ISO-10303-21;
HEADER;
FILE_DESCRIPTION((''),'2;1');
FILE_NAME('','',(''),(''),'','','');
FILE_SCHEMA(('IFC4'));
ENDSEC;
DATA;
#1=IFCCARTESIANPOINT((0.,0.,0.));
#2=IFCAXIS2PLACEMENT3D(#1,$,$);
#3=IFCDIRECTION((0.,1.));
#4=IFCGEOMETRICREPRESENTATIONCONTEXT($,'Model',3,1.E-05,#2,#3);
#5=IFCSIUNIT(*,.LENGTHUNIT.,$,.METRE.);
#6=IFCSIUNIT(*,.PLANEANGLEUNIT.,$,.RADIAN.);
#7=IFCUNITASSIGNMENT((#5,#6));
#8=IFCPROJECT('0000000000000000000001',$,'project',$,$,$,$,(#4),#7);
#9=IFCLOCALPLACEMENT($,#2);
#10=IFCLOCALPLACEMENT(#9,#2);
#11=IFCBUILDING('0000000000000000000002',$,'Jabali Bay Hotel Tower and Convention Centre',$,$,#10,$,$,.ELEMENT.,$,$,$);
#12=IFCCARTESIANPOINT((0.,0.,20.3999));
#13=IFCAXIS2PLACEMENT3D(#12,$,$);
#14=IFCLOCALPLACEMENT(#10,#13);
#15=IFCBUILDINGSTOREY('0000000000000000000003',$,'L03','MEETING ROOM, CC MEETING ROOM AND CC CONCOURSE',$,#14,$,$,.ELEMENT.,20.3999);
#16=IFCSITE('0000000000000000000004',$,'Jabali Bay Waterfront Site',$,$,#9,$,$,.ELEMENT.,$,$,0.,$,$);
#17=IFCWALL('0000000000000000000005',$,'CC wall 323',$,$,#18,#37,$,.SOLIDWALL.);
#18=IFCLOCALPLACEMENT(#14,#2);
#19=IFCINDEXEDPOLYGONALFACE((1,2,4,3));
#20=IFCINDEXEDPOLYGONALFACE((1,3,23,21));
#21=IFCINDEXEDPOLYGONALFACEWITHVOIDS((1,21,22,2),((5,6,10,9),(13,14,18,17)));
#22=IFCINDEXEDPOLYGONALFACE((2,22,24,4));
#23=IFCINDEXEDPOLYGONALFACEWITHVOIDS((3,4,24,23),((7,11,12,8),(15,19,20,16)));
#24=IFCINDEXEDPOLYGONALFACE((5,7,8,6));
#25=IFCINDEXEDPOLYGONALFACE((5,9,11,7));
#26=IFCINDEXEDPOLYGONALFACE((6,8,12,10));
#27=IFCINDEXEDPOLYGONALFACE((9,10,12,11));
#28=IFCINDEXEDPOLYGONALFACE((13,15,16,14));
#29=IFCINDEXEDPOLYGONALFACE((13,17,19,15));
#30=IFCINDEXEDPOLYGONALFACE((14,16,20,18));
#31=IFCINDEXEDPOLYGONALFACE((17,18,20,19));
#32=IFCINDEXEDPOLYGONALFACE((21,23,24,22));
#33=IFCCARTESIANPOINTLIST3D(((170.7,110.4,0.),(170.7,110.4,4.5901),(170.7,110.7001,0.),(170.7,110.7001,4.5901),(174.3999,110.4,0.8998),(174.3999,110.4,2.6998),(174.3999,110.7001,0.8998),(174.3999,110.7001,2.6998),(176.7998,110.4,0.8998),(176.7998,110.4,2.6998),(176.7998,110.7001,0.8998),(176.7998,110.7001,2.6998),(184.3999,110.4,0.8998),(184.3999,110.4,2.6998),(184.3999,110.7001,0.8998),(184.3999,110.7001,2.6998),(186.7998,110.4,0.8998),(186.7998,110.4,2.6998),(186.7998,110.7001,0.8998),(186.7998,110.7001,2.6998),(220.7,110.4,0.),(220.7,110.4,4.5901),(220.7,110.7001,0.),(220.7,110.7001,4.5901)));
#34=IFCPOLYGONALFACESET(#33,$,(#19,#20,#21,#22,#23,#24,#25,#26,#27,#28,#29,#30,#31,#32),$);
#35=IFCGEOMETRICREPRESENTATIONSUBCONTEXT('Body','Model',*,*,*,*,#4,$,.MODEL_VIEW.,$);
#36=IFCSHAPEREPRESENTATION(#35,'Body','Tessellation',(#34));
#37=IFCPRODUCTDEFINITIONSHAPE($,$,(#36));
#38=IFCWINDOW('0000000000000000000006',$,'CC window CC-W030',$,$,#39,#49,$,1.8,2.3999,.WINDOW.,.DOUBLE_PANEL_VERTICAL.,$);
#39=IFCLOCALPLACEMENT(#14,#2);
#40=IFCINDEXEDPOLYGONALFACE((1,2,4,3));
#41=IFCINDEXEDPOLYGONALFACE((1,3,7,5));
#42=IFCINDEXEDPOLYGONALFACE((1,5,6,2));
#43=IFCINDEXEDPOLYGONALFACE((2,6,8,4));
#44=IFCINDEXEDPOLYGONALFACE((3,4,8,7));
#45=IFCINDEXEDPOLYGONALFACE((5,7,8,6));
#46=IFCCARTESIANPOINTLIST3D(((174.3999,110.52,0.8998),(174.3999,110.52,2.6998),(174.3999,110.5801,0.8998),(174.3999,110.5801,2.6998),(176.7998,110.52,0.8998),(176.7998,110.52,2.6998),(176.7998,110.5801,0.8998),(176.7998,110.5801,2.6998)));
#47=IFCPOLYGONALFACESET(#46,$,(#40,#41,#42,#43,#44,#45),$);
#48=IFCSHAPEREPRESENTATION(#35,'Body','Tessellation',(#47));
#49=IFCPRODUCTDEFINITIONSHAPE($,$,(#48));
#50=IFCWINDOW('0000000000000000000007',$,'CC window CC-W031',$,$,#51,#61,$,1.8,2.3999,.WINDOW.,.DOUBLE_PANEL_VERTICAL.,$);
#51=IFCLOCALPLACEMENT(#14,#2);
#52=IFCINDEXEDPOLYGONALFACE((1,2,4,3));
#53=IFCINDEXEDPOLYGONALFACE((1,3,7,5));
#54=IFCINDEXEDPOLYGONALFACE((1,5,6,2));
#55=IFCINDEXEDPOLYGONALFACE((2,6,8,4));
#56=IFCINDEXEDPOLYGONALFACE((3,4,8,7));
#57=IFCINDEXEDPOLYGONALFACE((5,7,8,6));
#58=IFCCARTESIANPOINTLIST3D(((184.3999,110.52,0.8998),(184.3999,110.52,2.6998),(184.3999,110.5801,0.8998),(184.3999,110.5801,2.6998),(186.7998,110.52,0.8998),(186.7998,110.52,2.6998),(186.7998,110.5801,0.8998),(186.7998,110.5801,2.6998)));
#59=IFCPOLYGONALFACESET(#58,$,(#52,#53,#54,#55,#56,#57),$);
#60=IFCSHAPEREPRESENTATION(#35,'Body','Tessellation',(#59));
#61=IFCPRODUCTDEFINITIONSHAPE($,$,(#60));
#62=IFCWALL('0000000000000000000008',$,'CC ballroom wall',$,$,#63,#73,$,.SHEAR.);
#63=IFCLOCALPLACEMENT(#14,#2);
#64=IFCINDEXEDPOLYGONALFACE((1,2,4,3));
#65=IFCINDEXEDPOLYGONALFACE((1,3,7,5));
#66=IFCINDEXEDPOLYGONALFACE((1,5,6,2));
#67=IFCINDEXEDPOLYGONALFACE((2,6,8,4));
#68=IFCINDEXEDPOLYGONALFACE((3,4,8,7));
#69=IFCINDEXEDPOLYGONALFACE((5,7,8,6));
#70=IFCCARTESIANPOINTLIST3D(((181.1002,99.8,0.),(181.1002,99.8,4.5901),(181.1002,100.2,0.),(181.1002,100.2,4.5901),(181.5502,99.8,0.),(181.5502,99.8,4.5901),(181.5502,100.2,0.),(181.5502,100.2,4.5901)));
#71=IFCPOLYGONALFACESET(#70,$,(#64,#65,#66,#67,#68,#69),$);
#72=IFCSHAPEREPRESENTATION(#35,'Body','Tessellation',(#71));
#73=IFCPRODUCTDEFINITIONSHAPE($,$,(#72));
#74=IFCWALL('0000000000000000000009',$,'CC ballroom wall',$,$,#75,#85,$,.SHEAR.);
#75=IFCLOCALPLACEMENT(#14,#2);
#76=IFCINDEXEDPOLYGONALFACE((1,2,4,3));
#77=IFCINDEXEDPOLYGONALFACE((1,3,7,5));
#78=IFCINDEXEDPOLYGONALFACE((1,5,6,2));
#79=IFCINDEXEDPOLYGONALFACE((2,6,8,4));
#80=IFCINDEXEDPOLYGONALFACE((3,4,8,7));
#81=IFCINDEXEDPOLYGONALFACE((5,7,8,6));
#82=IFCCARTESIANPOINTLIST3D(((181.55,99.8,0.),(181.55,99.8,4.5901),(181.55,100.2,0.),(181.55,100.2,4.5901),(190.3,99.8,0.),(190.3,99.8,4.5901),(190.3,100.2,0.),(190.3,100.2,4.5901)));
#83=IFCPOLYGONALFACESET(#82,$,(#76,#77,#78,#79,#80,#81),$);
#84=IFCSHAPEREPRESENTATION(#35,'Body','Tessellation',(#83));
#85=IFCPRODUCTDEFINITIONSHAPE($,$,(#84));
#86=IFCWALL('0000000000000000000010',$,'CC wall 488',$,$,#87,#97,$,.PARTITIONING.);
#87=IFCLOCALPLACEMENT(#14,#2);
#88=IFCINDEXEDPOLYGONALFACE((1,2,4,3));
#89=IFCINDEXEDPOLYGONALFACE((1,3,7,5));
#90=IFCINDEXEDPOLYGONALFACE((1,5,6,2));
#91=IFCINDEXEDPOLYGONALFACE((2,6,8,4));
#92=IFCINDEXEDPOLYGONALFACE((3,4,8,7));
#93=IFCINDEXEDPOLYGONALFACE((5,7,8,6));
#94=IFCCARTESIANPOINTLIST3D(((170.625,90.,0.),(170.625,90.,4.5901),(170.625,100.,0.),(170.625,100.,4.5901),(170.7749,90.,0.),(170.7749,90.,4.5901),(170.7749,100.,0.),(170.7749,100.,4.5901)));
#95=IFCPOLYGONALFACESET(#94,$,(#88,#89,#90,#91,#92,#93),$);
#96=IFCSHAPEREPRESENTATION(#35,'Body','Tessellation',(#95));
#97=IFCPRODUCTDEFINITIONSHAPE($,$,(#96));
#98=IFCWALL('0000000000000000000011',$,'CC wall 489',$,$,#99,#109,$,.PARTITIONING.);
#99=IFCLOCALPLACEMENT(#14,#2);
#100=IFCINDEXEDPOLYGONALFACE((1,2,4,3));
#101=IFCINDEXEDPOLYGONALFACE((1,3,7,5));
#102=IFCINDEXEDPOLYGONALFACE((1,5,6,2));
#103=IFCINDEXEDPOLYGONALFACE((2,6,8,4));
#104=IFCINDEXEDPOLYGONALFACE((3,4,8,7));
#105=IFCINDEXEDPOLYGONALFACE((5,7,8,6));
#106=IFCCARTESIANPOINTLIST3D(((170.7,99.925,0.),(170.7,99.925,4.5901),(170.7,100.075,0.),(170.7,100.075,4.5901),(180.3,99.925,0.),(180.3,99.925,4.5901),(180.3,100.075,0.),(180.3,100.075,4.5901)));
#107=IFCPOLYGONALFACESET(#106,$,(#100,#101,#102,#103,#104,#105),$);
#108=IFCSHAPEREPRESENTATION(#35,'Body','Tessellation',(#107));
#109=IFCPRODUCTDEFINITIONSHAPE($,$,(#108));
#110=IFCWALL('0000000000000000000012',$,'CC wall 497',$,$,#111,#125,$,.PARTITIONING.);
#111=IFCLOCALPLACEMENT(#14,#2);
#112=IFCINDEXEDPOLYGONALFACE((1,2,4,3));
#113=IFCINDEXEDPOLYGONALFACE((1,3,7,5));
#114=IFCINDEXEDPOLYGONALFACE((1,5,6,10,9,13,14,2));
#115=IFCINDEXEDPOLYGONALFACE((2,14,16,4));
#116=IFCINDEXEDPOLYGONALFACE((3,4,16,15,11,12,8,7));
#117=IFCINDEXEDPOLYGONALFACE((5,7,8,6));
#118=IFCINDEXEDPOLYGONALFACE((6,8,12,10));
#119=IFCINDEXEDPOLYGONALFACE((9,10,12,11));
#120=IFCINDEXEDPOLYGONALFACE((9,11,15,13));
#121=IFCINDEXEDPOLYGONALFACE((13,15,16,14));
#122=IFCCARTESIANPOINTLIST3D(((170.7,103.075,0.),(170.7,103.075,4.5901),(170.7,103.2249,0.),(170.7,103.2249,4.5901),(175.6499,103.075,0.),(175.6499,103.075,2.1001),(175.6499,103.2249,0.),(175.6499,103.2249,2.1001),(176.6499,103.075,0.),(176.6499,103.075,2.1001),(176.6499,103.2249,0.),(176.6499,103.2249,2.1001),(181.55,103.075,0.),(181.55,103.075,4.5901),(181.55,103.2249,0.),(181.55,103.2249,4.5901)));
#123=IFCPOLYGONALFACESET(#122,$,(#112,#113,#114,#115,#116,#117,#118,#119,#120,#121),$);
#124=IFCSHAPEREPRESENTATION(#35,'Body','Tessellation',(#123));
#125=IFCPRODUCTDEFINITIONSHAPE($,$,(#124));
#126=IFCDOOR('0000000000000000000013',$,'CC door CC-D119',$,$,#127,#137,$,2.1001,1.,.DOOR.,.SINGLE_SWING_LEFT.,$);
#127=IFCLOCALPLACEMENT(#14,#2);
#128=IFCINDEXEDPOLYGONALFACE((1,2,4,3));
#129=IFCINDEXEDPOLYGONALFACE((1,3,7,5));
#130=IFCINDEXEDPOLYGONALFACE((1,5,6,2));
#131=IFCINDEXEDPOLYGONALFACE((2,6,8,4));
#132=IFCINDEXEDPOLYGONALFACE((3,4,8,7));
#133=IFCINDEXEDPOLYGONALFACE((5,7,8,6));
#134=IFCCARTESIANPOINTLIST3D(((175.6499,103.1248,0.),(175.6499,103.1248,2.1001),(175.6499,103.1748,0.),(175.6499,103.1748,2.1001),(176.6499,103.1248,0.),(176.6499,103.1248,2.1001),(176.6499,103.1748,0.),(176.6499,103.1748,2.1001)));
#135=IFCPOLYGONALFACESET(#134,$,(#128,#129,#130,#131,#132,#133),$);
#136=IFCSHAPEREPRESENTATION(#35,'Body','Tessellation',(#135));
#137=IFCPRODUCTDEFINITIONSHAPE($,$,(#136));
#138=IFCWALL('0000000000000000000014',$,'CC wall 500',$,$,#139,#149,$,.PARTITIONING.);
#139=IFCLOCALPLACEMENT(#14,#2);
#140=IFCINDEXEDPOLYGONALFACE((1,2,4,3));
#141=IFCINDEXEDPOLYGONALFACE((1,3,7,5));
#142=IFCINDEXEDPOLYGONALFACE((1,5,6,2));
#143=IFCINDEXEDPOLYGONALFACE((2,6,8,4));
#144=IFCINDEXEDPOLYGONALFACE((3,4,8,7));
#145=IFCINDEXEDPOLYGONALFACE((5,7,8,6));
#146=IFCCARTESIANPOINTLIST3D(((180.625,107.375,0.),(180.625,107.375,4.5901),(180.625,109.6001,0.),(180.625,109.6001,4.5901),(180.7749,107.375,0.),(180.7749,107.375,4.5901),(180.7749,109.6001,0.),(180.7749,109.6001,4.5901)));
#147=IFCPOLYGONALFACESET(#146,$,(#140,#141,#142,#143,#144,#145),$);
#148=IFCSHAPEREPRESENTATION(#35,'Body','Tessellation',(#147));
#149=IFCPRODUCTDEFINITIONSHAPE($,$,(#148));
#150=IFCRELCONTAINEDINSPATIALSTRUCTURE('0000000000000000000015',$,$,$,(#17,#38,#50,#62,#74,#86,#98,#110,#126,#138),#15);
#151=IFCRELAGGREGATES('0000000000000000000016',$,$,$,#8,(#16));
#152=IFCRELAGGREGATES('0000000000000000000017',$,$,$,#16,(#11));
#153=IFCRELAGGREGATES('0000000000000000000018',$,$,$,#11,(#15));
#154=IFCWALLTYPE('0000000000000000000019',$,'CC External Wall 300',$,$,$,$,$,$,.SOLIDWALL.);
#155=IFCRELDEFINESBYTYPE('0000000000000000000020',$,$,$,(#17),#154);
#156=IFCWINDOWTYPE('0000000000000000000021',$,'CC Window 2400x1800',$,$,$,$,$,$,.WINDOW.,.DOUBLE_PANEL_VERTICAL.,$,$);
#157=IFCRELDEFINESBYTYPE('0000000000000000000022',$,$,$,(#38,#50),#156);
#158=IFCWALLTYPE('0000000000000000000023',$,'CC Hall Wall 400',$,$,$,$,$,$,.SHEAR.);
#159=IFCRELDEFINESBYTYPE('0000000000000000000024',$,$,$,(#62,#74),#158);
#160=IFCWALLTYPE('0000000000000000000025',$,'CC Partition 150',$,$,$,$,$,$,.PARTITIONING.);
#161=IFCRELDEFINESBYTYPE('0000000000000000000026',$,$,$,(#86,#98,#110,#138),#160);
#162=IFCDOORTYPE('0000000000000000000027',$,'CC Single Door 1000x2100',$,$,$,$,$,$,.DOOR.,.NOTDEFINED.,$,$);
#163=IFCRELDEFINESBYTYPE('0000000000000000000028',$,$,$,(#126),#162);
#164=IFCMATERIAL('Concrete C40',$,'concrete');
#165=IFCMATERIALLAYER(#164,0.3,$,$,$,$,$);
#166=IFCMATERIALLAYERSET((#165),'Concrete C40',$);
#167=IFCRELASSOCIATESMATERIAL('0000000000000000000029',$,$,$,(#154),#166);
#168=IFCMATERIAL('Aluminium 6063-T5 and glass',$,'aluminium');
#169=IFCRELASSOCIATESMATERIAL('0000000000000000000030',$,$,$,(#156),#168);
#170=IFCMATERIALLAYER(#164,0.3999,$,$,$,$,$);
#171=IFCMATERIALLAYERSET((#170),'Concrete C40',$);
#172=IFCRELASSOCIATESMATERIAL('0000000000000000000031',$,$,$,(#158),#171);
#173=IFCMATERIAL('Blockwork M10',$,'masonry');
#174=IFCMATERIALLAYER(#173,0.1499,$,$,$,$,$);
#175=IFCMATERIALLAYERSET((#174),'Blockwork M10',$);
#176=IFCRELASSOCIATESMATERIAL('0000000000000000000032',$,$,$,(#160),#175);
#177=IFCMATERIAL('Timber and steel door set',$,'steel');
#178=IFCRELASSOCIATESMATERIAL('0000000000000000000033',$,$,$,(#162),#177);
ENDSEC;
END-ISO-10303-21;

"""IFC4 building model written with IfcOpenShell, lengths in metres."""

from ifc_helpers import new_model, si_unit, direction, frame, frame_2d, origin, place, context, subcontext, project, spatial, rectangle, extrude, material, layer, layer_set, type_object, element, fill, save


model = new_model("IFC4")

# Units and contexts
model_context = context("Model", 3, precision=1e-05, world=origin(), true_north=direction((0.0, 1.0)))
body_context = subcontext(model_context, "Body", "Model", "MODEL_VIEW")
ifc_project = project(units=[si_unit("LENGTHUNIT", "METRE"), si_unit("PLANEANGLEUNIT", "RADIAN")], contexts=[model_context])

# Site, building, storey
site_placement = place(None, origin())
site = spatial("IfcSite", under=ifc_project, at=site_placement, Name="Jabali Bay Waterfront Site", CompositionType="ELEMENT", RefElevation=0.0)
building_placement = place(site_placement, origin())
building = spatial("IfcBuilding", under=site, at=building_placement, Name="Jabali Bay Hotel Tower and Convention Centre", CompositionType="ELEMENT")
storey_placement = place(building_placement, frame((0.0, 0.0, 20.3999)))
storey = spatial("IfcBuildingStorey", under=building, at=storey_placement, Name="L03", Description="MEETING ROOM, CC MEETING ROOM AND CC CONCOURSE", CompositionType="ELEMENT", Elevation=20.3999)

# Shared definitions
ifc_material_1 = material(Name="Timber and steel door set", Category="steel")

# Wall, openings, windows
ifc_material_2 = material(Name="Concrete C40", Category="concrete")
ifc_layer_1 = layer(ifc_material_2, 0.3)
ifc_layer_set_1 = layer_set([ifc_layer_1], Name="Concrete C40")
wall_type_1 = type_object("IfcWallType", Name="CC External Wall 300", PredefinedType="SOLIDWALL", material=ifc_layer_set_1)
wall_1_placement = place(storey_placement, frame((170.7, 110.55, 0.0), z_axis=(0.0, 0.0, 1.0), x_axis=(1.0, 0.0, 0.0)))
wall_1 = element("IfcWall", 1, at=wall_1_placement, inside=storey, type_object=wall_type_1, Name="CC wall 323", PredefinedType="SOLIDWALL", context=body_context, shape_type="SweptSolid", body=[
    extrude(rectangle(XDim=50.0, YDim=0.3, at=frame_2d((25.0, 0.0))), origin(), (0.0, 0.0, 1.0), 4.5901),
])
opening_1_placement = place(wall_1_placement, frame((3.7, 0.0, 0.8999)))
opening_1 = element("IfcOpeningElement", 2, at=opening_1_placement, cuts=wall_1, PredefinedType="OPENING", context=body_context, shape_type="SweptSolid", body=[
    extrude(rectangle(XDim=2.3999, YDim=1.8, at=frame_2d((1.2, 0.8999))), frame((0.0, 0.1606, 0.0), z_axis=(0.0, -1.0, 0.0), x_axis=(1.0, 0.0, 0.0)), (0.0, 0.0, 1.0), 0.321),
])
opening_2_placement = place(wall_1_placement, frame((13.7, 0.0, 0.8999)))
opening_2 = element("IfcOpeningElement", 3, at=opening_2_placement, cuts=wall_1, PredefinedType="OPENING", context=body_context, shape_type="SweptSolid", body=[
    extrude(rectangle(XDim=2.3999, YDim=1.8, at=frame_2d((1.2, 0.8999))), frame((0.0, 0.1606, 0.0), z_axis=(0.0, -1.0, 0.0), x_axis=(1.0, 0.0, 0.0)), (0.0, 0.0, 1.0), 0.321),
])
ifc_material_3 = material(Name="Aluminium 6063-T5 and glass", Category="aluminium")
window_type = type_object("IfcWindowType", Name="CC Window 2400x1800", PartitioningType="DOUBLE_PANEL_VERTICAL", PredefinedType="WINDOW", material=ifc_material_3)
window_1_placement = place(opening_1_placement, origin())
window_1 = element("IfcWindow", 4, at=window_1_placement, inside=storey, type_object=window_type, Name="CC window CC-W030", OverallHeight=1.8, OverallWidth=2.3999, PartitioningType="DOUBLE_PANEL_VERTICAL", PredefinedType="WINDOW", context=body_context, shape_type="SweptSolid", body=[
    extrude(rectangle(XDim=2.3999, YDim=1.8, at=frame_2d((1.2, 0.8999))), frame((0.0, 0.03, 0.0), z_axis=(0.0, -1.0, 0.0), x_axis=(1.0, 0.0, 0.0)), (0.0, 0.0, 1.0), 0.0601),
])
fill(opening_1, window_1)
window_2_placement = place(opening_2_placement, origin())
window_2 = element("IfcWindow", 5, at=window_2_placement, inside=storey, type_object=window_type, Name="CC window CC-W031", OverallHeight=1.8, OverallWidth=2.3999, PartitioningType="DOUBLE_PANEL_VERTICAL", PredefinedType="WINDOW", context=body_context, shape_type="SweptSolid", body=[
    extrude(rectangle(XDim=2.3999, YDim=1.8, at=frame_2d((1.2, 0.8999))), frame((0.0, 0.03, 0.0), z_axis=(0.0, -1.0, 0.0), x_axis=(1.0, 0.0, 0.0)), (0.0, 0.0, 1.0), 0.0601),
])
fill(opening_2, window_2)

# Walls
ifc_layer_2 = layer(ifc_material_2, 0.3999)
ifc_layer_set_2 = layer_set([ifc_layer_2], Name="Concrete C40")
wall_type_2 = type_object("IfcWallType", Name="CC Hall Wall 400", PredefinedType="SHEAR", material=ifc_layer_set_2)
wall_2_placement = place(storey_placement, frame((181.1001, 100.0, 0.0), z_axis=(0.0, 0.0, 1.0), x_axis=(1.0, 0.0, 0.0)))
element("IfcWall", 6, at=wall_2_placement, inside=storey, type_object=wall_type_2, Name="CC ballroom wall", PredefinedType="SHEAR", context=body_context, shape_type="SweptSolid", body=[
    extrude(rectangle(XDim=0.45, YDim=0.3999, at=frame_2d((0.2251, 0.0))), origin(), (0.0, 0.0, 1.0), 4.5901),
])
wall_3_placement = place(storey_placement, frame((181.55, 100.0, 0.0), z_axis=(0.0, 0.0, 1.0), x_axis=(1.0, 0.0, 0.0)))
element("IfcWall", 7, at=wall_3_placement, inside=storey, type_object=wall_type_2, Name="CC ballroom wall", PredefinedType="SHEAR", context=body_context, shape_type="SweptSolid", body=[
    extrude(rectangle(XDim=8.75, YDim=0.3999, at=frame_2d((4.375, 0.0))), origin(), (0.0, 0.0, 1.0), 4.5901),
])
ifc_material_4 = material(Name="Blockwork M10", Category="masonry")
ifc_layer_3 = layer(ifc_material_4, 0.1499)
ifc_layer_set_3 = layer_set([ifc_layer_3], Name="Blockwork M10")
wall_type_3 = type_object("IfcWallType", Name="CC Partition 150", PredefinedType="PARTITIONING", material=ifc_layer_set_3)
wall_4_placement = place(storey_placement, frame((170.7, 90.0, 0.0), z_axis=(0.0, 0.0, 1.0), x_axis=(0.0, 1.0, 0.0)))
element("IfcWall", 8, at=wall_4_placement, inside=storey, type_object=wall_type_3, Name="CC wall 488", PredefinedType="PARTITIONING", context=body_context, shape_type="SweptSolid", body=[
    extrude(rectangle(XDim=10.0, YDim=0.1499, at=frame_2d((5.0, 0.0))), origin(), (0.0, 0.0, 1.0), 4.5901),
])
wall_5_placement = place(storey_placement, frame((170.7, 100.0, 0.0), z_axis=(0.0, 0.0, 1.0), x_axis=(1.0, 0.0, 0.0)))
element("IfcWall", 9, at=wall_5_placement, inside=storey, type_object=wall_type_3, Name="CC wall 489", PredefinedType="PARTITIONING", context=body_context, shape_type="SweptSolid", body=[
    extrude(rectangle(XDim=9.6001, YDim=0.1499, at=frame_2d((4.8, 0.0))), origin(), (0.0, 0.0, 1.0), 4.5901),
])

# Wall, opening, door
wall_6_placement = place(storey_placement, frame((170.7, 103.1499, 0.0), z_axis=(0.0, 0.0, 1.0), x_axis=(1.0, 0.0, 0.0)))
wall_6 = element("IfcWall", 10, at=wall_6_placement, inside=storey, type_object=wall_type_3, Name="CC wall 497", PredefinedType="PARTITIONING", context=body_context, shape_type="SweptSolid", body=[
    extrude(rectangle(XDim=10.8501, YDim=0.1499, at=frame_2d((5.425, 0.0))), origin(), (0.0, 0.0, 1.0), 4.5901),
])
opening_3_placement = place(wall_6_placement, frame((4.95, 0.0, 0.0)))
opening_3 = element("IfcOpeningElement", 11, at=opening_3_placement, cuts=wall_6, PredefinedType="OPENING", context=body_context, shape_type="SweptSolid", body=[
    extrude(rectangle(XDim=1.0, YDim=2.1001, at=frame_2d((0.5, 1.05))), frame((0.0, 0.0854, 0.0), z_axis=(0.0, -1.0, 0.0), x_axis=(1.0, 0.0, 0.0)), (0.0, 0.0, 1.0), 0.1709),
])
door_type_1 = type_object("IfcDoorType", Name="CC Single Door 1000x2100", OperationType="NOTDEFINED", PredefinedType="DOOR", material=ifc_material_1)
door_1_placement = place(opening_3_placement, origin())
door_1 = element("IfcDoor", 12, at=door_1_placement, inside=storey, type_object=door_type_1, Name="CC door CC-D119", OperationType="SINGLE_SWING_LEFT", OverallHeight=2.1001, OverallWidth=1.0, PredefinedType="DOOR", context=body_context, shape_type="SweptSolid", body=[
    extrude(rectangle(XDim=1.0, YDim=2.1001, at=frame_2d((0.5, 1.05))), frame((0.0, 0.0249, 0.0), z_axis=(0.0, -1.0, 0.0), x_axis=(1.0, 0.0, 0.0)), (0.0, 0.0, 1.0), 0.05),
])
fill(opening_3, door_1)

# Wall
wall_7_placement = place(storey_placement, frame((180.7, 107.375, 0.0), z_axis=(0.0, 0.0, 1.0), x_axis=(0.0, 1.0, 0.0)))
element("IfcWall", 13, at=wall_7_placement, inside=storey, type_object=wall_type_3, Name="CC wall 500", PredefinedType="PARTITIONING", context=body_context, shape_type="SweptSolid", body=[
    extrude(rectangle(XDim=2.2251, YDim=0.1499, at=frame_2d((1.1125, 0.0))), origin(), (0.0, 0.0, 1.0), 4.5901),
])

save(model, "model.ifc")
